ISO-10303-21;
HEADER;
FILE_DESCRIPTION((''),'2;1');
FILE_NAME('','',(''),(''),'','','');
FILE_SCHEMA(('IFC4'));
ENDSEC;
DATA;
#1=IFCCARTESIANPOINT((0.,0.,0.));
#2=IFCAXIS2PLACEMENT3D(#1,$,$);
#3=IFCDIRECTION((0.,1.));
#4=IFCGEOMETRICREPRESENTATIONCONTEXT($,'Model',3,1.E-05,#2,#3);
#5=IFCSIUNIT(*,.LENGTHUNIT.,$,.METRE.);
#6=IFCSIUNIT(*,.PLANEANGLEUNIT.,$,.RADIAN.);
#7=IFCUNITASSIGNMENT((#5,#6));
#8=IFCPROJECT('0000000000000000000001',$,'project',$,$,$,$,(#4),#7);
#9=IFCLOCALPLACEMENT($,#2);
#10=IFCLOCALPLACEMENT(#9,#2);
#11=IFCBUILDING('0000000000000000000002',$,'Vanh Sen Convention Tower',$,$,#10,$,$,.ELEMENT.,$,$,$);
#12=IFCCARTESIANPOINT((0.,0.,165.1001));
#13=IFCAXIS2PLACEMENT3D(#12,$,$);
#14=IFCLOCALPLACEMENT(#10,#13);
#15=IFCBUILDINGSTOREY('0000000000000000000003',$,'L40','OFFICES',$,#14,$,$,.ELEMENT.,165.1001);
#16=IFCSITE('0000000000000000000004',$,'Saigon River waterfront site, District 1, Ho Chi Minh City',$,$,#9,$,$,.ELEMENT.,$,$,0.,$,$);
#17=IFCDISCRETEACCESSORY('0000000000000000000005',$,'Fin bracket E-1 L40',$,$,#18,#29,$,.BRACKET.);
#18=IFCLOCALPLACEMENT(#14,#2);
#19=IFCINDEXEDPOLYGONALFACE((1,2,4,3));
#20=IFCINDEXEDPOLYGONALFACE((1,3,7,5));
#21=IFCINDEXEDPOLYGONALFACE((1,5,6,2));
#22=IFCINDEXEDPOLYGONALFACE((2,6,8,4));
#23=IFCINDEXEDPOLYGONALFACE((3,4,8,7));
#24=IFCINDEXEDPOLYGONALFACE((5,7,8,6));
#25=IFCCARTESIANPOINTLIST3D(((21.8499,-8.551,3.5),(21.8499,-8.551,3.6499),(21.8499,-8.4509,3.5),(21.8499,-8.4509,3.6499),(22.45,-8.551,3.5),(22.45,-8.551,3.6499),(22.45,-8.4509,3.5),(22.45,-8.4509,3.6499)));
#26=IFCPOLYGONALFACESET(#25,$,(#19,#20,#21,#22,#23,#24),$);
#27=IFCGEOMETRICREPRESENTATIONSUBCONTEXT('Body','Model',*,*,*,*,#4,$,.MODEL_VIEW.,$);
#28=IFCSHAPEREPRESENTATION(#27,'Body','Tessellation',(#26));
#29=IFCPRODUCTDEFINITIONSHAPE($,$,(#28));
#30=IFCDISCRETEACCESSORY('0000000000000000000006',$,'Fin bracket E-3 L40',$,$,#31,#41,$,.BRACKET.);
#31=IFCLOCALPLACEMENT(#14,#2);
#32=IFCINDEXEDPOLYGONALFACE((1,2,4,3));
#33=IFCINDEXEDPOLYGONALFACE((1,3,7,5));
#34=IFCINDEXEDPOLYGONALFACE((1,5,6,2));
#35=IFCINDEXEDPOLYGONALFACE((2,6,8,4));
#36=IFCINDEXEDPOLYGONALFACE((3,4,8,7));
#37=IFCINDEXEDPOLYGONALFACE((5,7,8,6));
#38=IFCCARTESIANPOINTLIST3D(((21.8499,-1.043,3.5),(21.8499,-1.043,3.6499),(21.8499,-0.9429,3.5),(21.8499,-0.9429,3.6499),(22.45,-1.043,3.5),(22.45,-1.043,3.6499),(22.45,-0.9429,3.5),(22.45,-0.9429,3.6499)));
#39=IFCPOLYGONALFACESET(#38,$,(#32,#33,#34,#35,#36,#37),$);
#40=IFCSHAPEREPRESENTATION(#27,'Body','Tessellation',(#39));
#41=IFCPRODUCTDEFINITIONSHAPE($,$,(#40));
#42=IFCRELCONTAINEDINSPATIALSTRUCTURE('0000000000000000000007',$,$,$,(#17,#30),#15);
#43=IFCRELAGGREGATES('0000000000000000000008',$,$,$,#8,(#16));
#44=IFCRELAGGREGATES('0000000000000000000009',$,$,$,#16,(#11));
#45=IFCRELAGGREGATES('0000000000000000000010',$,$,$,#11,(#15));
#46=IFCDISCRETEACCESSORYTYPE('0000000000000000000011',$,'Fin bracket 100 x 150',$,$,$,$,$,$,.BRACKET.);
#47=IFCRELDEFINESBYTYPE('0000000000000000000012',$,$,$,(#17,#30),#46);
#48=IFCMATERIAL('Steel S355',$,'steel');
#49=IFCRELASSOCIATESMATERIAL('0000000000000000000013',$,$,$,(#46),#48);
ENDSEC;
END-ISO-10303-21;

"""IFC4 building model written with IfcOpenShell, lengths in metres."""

from ifc_helpers import new_model, si_unit, direction, frame, origin, origin_2d, place, context, subcontext, project, spatial, rectangle, extrude, material, type_object, element, save


model = new_model("IFC4")

# Units and contexts
model_context = context("Model", 3, precision=1e-05, world=origin(), true_north=direction((0.0, 1.0)))
body_context = subcontext(model_context, "Body", "Model", "MODEL_VIEW")
ifc_project = project(units=[si_unit("LENGTHUNIT", "METRE"), si_unit("PLANEANGLEUNIT", "RADIAN")], contexts=[model_context])

# Site, building, storey
site_placement = place(None, origin())
site = spatial("IfcSite", under=ifc_project, at=site_placement, Name="Saigon River waterfront site, District 1, Ho Chi Minh City", CompositionType="ELEMENT", RefElevation=0.0)
building_placement = place(site_placement, origin())
building = spatial("IfcBuilding", under=site, at=building_placement, Name="Vanh Sen Convention Tower", CompositionType="ELEMENT")
storey_placement = place(building_placement, frame((0.0, 0.0, 165.1001)))
storey = spatial("IfcBuildingStorey", under=building, at=storey_placement, Name="L40", Description="OFFICES", CompositionType="ELEMENT", Elevation=165.1001)

# Discrete accessories
ifc_material_1 = material(Name="Steel S355", Category="steel")
discrete_accessory_type = type_object("IfcDiscreteAccessoryType", Name="Fin bracket 100 x 150", PredefinedType="BRACKET", material=ifc_material_1)
for number, where, z_axis, x_axis, name in (
    (1, (22.1499, -8.501, 3.5), (0.0, 0.0, 1.0), (1.0, 0.0, 0.0), "Fin bracket E-1 L40"),
    (2, (22.1499, -0.9929, 3.5), (0.0, 0.0, 1.0), (1.0, 0.0, 0.0), "Fin bracket E-3 L40"),
):
    element("IfcDiscreteAccessory", number, at=place(storey_placement, frame(where, z_axis=z_axis, x_axis=x_axis)), inside=storey, type_object=discrete_accessory_type, Name=name, PredefinedType="BRACKET", context=body_context, shape_type="SweptSolid", body=[
        extrude(rectangle(XDim=0.6001, YDim=0.1001, at=origin_2d()), origin(), (0.0, 0.0, 1.0), 0.1499),
    ])

save(model, "model.ifc")
